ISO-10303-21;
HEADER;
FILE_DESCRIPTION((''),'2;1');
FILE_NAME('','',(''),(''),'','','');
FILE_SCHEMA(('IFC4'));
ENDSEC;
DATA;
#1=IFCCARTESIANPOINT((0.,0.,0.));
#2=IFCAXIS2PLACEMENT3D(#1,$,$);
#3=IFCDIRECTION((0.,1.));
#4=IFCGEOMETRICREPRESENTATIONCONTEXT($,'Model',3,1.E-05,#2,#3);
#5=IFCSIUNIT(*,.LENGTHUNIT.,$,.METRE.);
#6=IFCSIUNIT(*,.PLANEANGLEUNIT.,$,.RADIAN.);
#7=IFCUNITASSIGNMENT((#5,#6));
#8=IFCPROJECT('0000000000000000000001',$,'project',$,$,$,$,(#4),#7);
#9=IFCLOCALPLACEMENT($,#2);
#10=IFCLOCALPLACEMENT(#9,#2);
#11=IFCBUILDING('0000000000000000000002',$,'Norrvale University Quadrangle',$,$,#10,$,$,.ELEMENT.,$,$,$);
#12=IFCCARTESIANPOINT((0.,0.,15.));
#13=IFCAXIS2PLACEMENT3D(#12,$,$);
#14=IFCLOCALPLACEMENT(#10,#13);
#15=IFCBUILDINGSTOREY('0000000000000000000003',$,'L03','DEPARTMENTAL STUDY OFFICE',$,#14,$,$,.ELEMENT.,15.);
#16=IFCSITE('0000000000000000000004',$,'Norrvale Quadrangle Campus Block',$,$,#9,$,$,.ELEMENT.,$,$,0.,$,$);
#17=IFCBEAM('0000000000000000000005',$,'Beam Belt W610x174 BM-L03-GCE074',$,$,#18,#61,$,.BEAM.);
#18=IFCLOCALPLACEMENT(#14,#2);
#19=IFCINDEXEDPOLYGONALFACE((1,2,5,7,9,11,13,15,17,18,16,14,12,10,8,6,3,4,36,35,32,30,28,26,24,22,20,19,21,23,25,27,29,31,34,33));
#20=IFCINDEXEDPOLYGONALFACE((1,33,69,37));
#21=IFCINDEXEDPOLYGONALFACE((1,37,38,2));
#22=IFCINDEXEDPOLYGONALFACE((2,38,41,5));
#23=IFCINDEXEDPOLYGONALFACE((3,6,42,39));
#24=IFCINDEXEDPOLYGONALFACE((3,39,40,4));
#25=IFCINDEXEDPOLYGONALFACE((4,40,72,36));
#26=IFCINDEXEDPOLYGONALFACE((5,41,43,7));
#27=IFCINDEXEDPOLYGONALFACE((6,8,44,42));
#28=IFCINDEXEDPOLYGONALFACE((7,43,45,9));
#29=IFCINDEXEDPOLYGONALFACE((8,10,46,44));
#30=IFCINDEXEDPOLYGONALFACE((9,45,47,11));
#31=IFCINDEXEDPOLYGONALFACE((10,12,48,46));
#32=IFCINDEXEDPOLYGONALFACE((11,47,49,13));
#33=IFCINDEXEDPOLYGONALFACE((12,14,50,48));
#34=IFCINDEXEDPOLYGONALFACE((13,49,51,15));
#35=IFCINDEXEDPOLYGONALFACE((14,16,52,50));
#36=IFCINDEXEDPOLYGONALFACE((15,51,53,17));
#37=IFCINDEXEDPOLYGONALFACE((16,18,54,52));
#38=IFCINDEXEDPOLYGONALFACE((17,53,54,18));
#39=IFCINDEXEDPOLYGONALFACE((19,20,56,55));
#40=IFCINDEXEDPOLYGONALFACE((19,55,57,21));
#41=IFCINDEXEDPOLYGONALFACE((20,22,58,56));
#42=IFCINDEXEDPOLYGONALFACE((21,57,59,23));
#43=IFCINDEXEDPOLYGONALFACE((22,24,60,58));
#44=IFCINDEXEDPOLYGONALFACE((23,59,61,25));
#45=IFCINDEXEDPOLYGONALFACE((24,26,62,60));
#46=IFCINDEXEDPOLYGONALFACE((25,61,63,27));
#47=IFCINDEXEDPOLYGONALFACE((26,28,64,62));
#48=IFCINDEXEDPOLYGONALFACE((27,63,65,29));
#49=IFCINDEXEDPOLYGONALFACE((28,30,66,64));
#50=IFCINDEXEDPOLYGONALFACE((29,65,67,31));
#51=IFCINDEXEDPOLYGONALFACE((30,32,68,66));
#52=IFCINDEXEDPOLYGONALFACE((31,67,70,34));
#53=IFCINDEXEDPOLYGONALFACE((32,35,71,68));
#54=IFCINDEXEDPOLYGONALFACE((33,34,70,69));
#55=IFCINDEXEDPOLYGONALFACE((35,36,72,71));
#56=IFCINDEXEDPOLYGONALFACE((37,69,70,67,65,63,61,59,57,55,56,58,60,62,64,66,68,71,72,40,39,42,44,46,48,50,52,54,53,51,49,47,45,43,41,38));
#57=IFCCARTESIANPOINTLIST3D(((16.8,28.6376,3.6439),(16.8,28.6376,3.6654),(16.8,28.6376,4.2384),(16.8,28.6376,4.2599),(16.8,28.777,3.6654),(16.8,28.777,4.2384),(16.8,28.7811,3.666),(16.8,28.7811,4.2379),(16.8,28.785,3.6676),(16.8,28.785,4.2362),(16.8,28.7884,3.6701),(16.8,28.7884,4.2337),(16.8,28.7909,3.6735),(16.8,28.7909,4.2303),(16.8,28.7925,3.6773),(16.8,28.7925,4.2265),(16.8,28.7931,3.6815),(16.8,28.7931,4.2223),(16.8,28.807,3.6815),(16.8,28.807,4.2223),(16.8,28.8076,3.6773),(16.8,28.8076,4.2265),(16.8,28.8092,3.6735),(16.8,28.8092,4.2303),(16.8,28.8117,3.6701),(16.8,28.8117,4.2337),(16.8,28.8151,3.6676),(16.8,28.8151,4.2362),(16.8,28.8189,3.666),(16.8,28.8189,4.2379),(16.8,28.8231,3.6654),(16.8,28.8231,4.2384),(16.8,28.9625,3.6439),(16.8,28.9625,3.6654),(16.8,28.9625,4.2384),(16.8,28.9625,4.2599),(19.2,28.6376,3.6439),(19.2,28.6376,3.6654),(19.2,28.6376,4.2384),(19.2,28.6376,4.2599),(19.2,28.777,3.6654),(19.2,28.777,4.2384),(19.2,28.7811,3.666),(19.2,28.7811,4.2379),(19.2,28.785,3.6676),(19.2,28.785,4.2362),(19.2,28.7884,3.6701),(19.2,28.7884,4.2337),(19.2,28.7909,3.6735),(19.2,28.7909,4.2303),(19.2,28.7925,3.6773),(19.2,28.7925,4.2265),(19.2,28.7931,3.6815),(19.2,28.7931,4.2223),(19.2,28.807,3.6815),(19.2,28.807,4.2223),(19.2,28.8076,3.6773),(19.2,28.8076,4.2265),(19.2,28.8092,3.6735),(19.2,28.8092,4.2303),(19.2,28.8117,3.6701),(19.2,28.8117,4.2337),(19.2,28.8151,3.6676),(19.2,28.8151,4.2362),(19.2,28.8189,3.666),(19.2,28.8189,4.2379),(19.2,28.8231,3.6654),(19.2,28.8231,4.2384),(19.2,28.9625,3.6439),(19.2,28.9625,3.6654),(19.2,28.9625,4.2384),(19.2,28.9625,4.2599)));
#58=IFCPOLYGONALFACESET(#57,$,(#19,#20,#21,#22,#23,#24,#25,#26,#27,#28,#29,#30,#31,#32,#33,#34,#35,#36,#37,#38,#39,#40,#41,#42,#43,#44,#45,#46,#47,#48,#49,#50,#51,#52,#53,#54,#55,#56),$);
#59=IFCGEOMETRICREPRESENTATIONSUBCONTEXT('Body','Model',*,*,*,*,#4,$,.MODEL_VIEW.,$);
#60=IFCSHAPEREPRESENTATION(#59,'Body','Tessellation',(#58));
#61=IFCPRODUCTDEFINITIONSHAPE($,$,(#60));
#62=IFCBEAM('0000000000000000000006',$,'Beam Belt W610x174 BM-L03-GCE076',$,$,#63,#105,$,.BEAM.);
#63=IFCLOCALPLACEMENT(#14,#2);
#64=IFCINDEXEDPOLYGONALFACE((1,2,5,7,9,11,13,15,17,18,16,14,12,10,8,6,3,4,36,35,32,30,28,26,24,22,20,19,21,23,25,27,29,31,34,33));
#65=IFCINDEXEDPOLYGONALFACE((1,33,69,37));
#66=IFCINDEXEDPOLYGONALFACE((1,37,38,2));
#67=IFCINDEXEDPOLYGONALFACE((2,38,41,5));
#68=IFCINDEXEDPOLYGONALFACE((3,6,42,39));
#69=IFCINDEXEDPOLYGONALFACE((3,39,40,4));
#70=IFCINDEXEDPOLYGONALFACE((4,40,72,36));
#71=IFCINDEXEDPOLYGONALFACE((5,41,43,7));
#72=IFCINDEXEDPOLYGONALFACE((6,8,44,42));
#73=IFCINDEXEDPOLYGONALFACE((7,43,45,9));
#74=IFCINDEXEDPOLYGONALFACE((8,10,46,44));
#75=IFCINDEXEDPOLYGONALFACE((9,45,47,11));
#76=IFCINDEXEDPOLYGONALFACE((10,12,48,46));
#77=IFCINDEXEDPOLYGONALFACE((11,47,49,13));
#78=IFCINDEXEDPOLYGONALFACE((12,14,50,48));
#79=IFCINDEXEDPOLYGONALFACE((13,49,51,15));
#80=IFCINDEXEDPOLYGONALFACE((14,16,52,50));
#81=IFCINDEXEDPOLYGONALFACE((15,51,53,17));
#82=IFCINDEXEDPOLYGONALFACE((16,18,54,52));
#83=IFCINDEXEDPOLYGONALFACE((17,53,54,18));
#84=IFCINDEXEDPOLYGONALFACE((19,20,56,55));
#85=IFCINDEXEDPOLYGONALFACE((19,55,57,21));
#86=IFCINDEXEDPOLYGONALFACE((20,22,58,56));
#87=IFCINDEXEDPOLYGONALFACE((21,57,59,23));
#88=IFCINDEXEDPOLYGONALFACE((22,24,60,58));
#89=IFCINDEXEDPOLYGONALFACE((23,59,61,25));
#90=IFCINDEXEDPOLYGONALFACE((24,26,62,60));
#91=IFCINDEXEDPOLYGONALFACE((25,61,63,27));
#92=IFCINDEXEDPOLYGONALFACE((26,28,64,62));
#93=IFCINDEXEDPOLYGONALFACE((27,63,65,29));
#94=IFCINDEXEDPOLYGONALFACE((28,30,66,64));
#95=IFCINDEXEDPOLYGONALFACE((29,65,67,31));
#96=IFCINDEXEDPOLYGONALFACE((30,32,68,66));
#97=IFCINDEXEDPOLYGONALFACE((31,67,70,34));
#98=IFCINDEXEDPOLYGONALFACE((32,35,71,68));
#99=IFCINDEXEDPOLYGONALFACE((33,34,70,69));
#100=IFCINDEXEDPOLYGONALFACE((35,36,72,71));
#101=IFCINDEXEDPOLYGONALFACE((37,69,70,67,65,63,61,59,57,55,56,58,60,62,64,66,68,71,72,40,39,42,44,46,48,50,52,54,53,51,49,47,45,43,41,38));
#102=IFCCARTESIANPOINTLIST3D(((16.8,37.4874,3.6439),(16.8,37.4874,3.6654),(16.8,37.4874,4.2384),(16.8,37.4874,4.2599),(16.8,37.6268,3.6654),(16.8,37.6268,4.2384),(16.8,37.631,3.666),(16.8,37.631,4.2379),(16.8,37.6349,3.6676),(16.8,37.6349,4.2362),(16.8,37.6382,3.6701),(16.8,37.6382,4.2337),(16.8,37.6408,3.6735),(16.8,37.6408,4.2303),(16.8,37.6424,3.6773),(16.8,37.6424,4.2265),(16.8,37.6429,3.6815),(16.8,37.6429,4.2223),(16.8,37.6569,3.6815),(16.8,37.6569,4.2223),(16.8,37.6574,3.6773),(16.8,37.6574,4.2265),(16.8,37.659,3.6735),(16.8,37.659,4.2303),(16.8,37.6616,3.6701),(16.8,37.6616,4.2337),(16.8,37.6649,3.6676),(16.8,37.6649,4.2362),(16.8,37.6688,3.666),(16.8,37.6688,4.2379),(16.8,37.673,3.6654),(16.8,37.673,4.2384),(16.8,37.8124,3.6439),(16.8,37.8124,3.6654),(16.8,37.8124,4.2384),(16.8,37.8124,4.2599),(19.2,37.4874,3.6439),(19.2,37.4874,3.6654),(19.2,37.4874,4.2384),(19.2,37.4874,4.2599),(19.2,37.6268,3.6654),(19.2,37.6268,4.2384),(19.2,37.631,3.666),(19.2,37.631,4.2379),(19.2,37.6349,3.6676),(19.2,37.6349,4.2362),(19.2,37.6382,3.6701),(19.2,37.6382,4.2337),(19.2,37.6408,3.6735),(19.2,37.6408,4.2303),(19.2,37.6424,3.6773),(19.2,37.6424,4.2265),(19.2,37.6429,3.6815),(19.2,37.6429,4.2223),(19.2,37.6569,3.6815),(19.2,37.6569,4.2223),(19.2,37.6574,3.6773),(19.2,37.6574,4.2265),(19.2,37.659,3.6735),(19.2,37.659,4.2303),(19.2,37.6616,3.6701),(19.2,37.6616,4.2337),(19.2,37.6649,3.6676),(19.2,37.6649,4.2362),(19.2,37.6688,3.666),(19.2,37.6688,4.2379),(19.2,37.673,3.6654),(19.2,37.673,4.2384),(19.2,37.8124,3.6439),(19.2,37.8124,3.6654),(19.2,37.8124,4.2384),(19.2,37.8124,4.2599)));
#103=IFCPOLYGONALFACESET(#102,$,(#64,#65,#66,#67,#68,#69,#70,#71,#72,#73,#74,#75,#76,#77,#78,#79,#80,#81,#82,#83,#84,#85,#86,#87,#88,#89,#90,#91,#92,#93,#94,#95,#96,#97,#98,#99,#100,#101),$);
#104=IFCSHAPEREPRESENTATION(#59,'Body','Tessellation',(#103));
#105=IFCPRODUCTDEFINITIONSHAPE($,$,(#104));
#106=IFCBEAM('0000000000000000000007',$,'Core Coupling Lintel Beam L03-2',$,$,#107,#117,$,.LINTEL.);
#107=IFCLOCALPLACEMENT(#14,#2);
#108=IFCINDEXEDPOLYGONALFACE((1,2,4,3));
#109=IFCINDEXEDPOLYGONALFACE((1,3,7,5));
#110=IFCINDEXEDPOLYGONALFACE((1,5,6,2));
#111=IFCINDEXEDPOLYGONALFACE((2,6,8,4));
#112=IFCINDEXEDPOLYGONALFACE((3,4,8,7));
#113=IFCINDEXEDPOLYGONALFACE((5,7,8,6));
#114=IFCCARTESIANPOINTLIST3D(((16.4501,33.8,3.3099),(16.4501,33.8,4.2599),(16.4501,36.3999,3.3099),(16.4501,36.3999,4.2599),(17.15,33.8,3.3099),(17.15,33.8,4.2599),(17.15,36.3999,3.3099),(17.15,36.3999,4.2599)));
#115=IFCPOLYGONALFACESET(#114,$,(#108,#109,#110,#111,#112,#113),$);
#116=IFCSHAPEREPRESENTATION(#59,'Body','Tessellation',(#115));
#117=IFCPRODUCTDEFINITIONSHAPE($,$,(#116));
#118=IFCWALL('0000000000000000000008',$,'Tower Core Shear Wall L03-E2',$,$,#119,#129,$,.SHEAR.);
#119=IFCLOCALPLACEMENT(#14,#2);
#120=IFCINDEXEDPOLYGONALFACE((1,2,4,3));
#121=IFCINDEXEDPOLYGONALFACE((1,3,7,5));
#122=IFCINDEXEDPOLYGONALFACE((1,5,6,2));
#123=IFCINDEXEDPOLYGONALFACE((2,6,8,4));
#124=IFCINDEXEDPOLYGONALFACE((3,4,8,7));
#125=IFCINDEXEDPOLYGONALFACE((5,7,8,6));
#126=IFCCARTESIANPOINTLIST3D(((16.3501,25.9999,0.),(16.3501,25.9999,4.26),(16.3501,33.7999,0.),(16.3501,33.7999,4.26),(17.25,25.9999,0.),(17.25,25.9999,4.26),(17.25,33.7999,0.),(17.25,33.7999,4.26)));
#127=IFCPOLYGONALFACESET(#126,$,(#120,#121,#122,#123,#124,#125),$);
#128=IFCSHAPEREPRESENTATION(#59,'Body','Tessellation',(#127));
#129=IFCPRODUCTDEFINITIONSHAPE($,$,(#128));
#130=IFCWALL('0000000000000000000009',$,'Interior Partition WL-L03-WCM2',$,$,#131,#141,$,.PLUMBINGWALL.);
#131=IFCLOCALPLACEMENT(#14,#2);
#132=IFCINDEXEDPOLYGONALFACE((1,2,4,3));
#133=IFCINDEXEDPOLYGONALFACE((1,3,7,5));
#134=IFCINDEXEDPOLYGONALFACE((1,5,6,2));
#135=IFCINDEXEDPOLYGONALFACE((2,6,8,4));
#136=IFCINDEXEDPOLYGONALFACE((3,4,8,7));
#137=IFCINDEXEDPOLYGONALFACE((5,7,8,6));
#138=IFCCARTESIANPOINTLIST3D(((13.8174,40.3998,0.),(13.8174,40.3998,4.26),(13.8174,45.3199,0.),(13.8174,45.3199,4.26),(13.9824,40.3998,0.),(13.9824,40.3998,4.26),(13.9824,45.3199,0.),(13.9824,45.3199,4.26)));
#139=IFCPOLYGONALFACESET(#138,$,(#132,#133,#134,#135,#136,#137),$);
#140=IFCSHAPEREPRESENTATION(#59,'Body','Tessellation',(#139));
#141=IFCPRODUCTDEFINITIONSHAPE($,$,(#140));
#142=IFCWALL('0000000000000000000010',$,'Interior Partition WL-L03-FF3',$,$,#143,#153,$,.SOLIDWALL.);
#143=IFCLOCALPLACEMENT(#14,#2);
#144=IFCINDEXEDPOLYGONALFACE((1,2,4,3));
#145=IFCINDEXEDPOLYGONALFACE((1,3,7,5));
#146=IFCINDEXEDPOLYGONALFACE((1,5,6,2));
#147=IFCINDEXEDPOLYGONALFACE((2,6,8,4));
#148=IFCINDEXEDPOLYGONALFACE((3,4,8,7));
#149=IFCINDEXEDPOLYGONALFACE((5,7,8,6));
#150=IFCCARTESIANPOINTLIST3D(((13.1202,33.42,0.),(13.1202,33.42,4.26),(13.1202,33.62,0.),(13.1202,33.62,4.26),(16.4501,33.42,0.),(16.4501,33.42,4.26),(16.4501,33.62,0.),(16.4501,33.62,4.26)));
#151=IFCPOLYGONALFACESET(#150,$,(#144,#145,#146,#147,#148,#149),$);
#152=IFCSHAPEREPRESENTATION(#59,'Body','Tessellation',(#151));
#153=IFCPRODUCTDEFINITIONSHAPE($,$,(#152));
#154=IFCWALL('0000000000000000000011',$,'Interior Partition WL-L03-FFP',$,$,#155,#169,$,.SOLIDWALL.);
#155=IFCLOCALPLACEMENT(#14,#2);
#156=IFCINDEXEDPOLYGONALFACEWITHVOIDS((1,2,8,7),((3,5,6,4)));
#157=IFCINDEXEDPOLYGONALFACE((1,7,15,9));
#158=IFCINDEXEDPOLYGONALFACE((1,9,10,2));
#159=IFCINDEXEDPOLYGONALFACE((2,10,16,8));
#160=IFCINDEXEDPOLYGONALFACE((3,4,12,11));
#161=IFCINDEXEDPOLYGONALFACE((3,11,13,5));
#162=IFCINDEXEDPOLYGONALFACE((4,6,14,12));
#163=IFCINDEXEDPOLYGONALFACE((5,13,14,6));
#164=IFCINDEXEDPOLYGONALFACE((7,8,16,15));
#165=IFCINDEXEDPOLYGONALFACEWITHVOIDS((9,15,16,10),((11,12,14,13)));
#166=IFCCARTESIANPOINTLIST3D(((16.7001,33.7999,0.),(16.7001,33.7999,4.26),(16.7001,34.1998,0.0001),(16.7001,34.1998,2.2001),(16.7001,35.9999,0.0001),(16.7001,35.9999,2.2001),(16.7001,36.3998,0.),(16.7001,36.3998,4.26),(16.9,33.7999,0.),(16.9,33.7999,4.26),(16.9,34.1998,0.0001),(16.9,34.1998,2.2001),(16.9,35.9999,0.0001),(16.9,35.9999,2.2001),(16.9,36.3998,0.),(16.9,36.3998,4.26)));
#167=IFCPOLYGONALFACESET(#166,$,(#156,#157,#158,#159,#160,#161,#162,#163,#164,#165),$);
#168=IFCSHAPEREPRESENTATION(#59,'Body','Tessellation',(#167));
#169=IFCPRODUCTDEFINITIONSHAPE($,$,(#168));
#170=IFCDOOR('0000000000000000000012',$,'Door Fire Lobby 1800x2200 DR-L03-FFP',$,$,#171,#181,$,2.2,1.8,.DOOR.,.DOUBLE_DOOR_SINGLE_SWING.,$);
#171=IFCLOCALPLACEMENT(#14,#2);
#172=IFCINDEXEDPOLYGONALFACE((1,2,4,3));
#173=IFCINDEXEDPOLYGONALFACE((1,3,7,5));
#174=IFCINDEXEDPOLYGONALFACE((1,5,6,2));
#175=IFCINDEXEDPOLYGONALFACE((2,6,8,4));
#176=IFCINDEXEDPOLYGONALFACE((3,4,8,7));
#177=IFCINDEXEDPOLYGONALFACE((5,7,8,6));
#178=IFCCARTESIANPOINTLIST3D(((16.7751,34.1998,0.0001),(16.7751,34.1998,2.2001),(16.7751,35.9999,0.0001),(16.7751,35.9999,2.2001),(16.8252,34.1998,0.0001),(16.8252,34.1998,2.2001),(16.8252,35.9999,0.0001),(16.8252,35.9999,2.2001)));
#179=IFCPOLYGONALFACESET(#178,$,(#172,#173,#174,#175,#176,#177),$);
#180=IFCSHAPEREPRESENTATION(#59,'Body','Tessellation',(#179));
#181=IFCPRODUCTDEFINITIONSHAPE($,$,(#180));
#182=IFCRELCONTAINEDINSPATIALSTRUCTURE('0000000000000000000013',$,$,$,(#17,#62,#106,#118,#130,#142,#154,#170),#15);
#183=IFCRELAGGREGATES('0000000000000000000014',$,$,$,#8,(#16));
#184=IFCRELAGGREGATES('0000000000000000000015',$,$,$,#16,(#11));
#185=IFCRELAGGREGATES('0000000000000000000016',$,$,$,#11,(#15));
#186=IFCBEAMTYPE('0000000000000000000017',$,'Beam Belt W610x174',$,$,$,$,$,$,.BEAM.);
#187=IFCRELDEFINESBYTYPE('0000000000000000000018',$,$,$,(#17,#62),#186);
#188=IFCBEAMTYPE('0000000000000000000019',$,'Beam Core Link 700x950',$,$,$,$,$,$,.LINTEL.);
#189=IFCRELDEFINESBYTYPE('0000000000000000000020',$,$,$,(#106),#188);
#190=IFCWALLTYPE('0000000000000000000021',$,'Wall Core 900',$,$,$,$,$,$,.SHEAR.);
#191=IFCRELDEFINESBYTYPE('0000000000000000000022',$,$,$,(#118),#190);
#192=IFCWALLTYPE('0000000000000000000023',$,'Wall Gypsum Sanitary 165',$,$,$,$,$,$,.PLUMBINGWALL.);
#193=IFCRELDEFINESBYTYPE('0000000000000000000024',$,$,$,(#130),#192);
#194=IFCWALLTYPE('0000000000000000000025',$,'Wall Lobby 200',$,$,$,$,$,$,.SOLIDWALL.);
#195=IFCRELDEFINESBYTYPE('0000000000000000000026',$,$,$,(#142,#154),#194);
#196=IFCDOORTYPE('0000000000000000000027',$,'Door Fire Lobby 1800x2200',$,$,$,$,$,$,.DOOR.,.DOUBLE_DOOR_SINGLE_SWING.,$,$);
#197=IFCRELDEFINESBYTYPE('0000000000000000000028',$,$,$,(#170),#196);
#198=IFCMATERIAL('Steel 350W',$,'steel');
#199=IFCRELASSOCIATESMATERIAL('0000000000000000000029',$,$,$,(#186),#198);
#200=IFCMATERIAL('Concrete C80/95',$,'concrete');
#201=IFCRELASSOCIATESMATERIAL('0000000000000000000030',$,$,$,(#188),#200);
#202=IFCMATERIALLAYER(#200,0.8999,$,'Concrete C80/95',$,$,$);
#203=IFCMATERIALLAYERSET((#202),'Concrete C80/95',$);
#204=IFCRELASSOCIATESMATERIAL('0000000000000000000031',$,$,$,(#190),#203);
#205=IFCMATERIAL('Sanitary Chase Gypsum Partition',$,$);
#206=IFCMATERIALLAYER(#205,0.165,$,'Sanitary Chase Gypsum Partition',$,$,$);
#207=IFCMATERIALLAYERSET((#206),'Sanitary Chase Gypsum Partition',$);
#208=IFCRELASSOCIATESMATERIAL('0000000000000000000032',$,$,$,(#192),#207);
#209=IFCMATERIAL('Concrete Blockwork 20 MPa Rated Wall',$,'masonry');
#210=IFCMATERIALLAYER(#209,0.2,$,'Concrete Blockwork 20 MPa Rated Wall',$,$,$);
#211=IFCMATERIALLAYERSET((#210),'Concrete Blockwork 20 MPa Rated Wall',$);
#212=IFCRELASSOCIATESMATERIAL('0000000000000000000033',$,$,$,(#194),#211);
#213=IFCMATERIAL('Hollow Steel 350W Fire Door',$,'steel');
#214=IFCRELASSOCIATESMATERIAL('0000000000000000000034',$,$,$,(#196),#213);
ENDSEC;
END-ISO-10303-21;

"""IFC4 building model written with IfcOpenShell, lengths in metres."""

from ifc_helpers import new_model, si_unit, direction, frame, frame_2d, origin, origin_2d, place, context, subcontext, project, spatial, rectangle, i_section, extrude, material, layer, layer_set, material_profile, profile_set, type_object, element, fill, save


model = new_model("IFC4")

# Units and contexts
model_context = context("Model", 3, precision=1e-05, world=origin(), true_north=direction((0.0, 1.0)))
body_context = subcontext(model_context, "Body", "Model", "MODEL_VIEW")
ifc_project = project(units=[si_unit("LENGTHUNIT", "METRE"), si_unit("PLANEANGLEUNIT", "RADIAN")], contexts=[model_context])

# Site, building, storey
site_placement = place(None, origin())
site = spatial("IfcSite", under=ifc_project, at=site_placement, Name="Norrvale Quadrangle Campus Block", CompositionType="ELEMENT", RefElevation=0.0)
building_placement = place(site_placement, origin())
building = spatial("IfcBuilding", under=site, at=building_placement, Name="Norrvale University Quadrangle", CompositionType="ELEMENT")
storey_placement = place(building_placement, frame((0.0, 0.0, 15.0)))
storey = spatial("IfcBuildingStorey", under=building, at=storey_placement, Name="L03", Description="DEPARTMENTAL STUDY OFFICE", CompositionType="ELEMENT", Elevation=15.0)

# Beams
ifc_material_1 = material(Name="Steel 350W", Category="steel")
ifc_material_profile_1 = material_profile(ifc_material_1, i_section(OverallWidth=0.325, OverallDepth=0.616, WebThickness=0.0139, FlangeThickness=0.0215, FilletRadius=0.0161, at=origin_2d()), Name="Steel 350W")
ifc_profile_set_1 = profile_set([ifc_material_profile_1], Name="Steel 350W")
beam_type_1 = type_object("IfcBeamType", Name="Beam Belt W610x174", PredefinedType="BEAM", material=ifc_profile_set_1)
for number, where, z_axis, x_axis, name in (
    (1, (16.8, 28.8, 3.9519), (1.0, 0.0, 0.0), (0.0, 1.0, 0.0), "Beam Belt W610x174 BM-L03-GCE074"),
    (2, (16.8, 37.6499, 3.9519), (1.0, 0.0, 0.0), (0.0, 1.0, 0.0), "Beam Belt W610x174 BM-L03-GCE076"),
):
    element("IfcBeam", number, at=place(storey_placement, frame(where, z_axis=z_axis, x_axis=x_axis)), inside=storey, type_object=beam_type_1, Name=name, PredefinedType="BEAM", context=body_context, shape_type="SweptSolid", body=[
        extrude(i_section(OverallWidth=0.325, OverallDepth=0.616, WebThickness=0.0139, FlangeThickness=0.0215, FilletRadius=0.0161, at=origin_2d()), origin(), (0.0, 0.0, 1.0), 2.3999),
    ])
ifc_material_2 = material(Name="Concrete C80/95", Category="concrete")
ifc_material_profile_2 = material_profile(ifc_material_2, rectangle(XDim=0.7, YDim=0.95, at=origin_2d()), Name="Concrete C80/95")
ifc_profile_set_2 = profile_set([ifc_material_profile_2], Name="Concrete C80/95")
beam_type_2 = type_object("IfcBeamType", Name="Beam Core Link 700x950", PredefinedType="LINTEL", material=ifc_profile_set_2)
beam_placement = place(storey_placement, frame((16.8, 33.8, 3.7849), z_axis=(0.0, 1.0, 0.0), x_axis=(-1.0, 0.0, 0.0)))
element("IfcBeam", 3, at=beam_placement, inside=storey, type_object=beam_type_2, Name="Core Coupling Lintel Beam L03-2", PredefinedType="LINTEL", context=body_context, shape_type="SweptSolid", body=[
    extrude(rectangle(XDim=0.7, YDim=0.95, at=origin_2d()), origin(), (0.0, 0.0, 1.0), 2.5999),
])

# Wall
ifc_layer_1 = layer(ifc_material_2, 0.8999, Name="Concrete C80/95")
ifc_layer_set_1 = layer_set([ifc_layer_1], Name="Concrete C80/95")
wall_type_1 = type_object("IfcWallType", Name="Wall Core 900", PredefinedType="SHEAR", material=ifc_layer_set_1)
wall_1_placement = place(storey_placement, frame((16.8, 26.0, 0.0), z_axis=(0.0, 0.0, 1.0), x_axis=(0.0, 1.0, 0.0)))
element("IfcWall", 4, at=wall_1_placement, inside=storey, type_object=wall_type_1, Name="Tower Core Shear Wall L03-E2", PredefinedType="SHEAR", context=body_context, shape_type="SweptSolid", body=[
    extrude(rectangle(XDim=7.8, YDim=0.8999, at=frame_2d((3.8999, 0.0))), origin(), (0.0, 0.0, 1.0), 4.26),
])

# Walls
ifc_material_3 = material(Name="Sanitary Chase Gypsum Partition")
ifc_layer_2 = layer(ifc_material_3, 0.165, Name="Sanitary Chase Gypsum Partition")
ifc_layer_set_2 = layer_set([ifc_layer_2], Name="Sanitary Chase Gypsum Partition")
wall_type_2 = type_object("IfcWallType", Name="Wall Gypsum Sanitary 165", PredefinedType="PLUMBINGWALL", material=ifc_layer_set_2)
wall_2_placement = place(storey_placement, frame((13.8999, 40.3999, 0.0), z_axis=(0.0, 0.0, 1.0), x_axis=(0.0, 1.0, 0.0)))
element("IfcWall", 5, at=wall_2_placement, inside=storey, type_object=wall_type_2, Name="Interior Partition WL-L03-WCM2", PredefinedType="PLUMBINGWALL", context=body_context, shape_type="SweptSolid", body=[
    extrude(rectangle(XDim=4.9202, YDim=0.165, at=frame_2d((2.46, 0.0))), origin(), (0.0, 0.0, 1.0), 4.26),
])
ifc_material_4 = material(Name="Concrete Blockwork 20 MPa Rated Wall", Category="masonry")
ifc_layer_3 = layer(ifc_material_4, 0.2, Name="Concrete Blockwork 20 MPa Rated Wall")
ifc_layer_set_3 = layer_set([ifc_layer_3], Name="Concrete Blockwork 20 MPa Rated Wall")
wall_type_3 = type_object("IfcWallType", Name="Wall Lobby 200", PredefinedType="SOLIDWALL", material=ifc_layer_set_3)
wall_3_placement = place(storey_placement, frame((13.1201, 33.52, 0.0), z_axis=(0.0, 0.0, 1.0), x_axis=(1.0, 0.0, 0.0)))
element("IfcWall", 6, at=wall_3_placement, inside=storey, type_object=wall_type_3, Name="Interior Partition WL-L03-FF3", PredefinedType="SOLIDWALL", context=body_context, shape_type="SweptSolid", body=[
    extrude(rectangle(XDim=3.3298, YDim=0.2, at=frame_2d((1.665, 0.0))), origin(), (0.0, 0.0, 1.0), 4.26),
])

# Wall, opening, door
wall_4_placement = place(storey_placement, frame((16.8, 33.8, 0.0), z_axis=(0.0, 0.0, 1.0), x_axis=(0.0, 1.0, 0.0)))
wall_4 = element("IfcWall", 7, at=wall_4_placement, inside=storey, type_object=wall_type_3, Name="Interior Partition WL-L03-FFP", PredefinedType="SOLIDWALL", context=body_context, shape_type="SweptSolid", body=[
    extrude(rectangle(XDim=2.5999, YDim=0.2, at=frame_2d((1.2998, 0.0))), origin(), (0.0, 0.0, 1.0), 4.26),
])
opening_1_placement = place(wall_4_placement, frame((0.3999, 0.0, 0.0)))
opening_1 = element("IfcOpeningElement", 8, at=opening_1_placement, cuts=wall_4, PredefinedType="OPENING", context=body_context, shape_type="SweptSolid", body=[
    extrude(rectangle(XDim=1.8, YDim=2.2, at=frame_2d((0.8999, 1.1001))), frame((0.0, 0.1121, 0.0), z_axis=(0.0, -1.0, 0.0), x_axis=(1.0, 0.0, 0.0)), (0.0, 0.0, 1.0), 0.2239),
])
ifc_material_5 = material(Name="Hollow Steel 350W Fire Door", Category="steel")
door_type_1 = type_object("IfcDoorType", Name="Door Fire Lobby 1800x2200", OperationType="DOUBLE_DOOR_SINGLE_SWING", PredefinedType="DOOR", material=ifc_material_5)
door_1_placement = place(opening_1_placement, origin())
door_1 = element("IfcDoor", 9, at=door_1_placement, inside=storey, type_object=door_type_1, Name="Door Fire Lobby 1800x2200 DR-L03-FFP", OperationType="DOUBLE_DOOR_SINGLE_SWING", OverallHeight=2.2, OverallWidth=1.8, PredefinedType="DOOR", context=body_context, shape_type="SweptSolid", body=[
    extrude(rectangle(XDim=1.8, YDim=2.2, at=frame_2d((0.8999, 1.1001))), frame((0.0, 0.0249, 0.0), z_axis=(0.0, -1.0, 0.0), x_axis=(1.0, 0.0, 0.0)), (0.0, 0.0, 1.0), 0.05),
])
fill(opening_1, door_1)

save(model, "model.ifc")
